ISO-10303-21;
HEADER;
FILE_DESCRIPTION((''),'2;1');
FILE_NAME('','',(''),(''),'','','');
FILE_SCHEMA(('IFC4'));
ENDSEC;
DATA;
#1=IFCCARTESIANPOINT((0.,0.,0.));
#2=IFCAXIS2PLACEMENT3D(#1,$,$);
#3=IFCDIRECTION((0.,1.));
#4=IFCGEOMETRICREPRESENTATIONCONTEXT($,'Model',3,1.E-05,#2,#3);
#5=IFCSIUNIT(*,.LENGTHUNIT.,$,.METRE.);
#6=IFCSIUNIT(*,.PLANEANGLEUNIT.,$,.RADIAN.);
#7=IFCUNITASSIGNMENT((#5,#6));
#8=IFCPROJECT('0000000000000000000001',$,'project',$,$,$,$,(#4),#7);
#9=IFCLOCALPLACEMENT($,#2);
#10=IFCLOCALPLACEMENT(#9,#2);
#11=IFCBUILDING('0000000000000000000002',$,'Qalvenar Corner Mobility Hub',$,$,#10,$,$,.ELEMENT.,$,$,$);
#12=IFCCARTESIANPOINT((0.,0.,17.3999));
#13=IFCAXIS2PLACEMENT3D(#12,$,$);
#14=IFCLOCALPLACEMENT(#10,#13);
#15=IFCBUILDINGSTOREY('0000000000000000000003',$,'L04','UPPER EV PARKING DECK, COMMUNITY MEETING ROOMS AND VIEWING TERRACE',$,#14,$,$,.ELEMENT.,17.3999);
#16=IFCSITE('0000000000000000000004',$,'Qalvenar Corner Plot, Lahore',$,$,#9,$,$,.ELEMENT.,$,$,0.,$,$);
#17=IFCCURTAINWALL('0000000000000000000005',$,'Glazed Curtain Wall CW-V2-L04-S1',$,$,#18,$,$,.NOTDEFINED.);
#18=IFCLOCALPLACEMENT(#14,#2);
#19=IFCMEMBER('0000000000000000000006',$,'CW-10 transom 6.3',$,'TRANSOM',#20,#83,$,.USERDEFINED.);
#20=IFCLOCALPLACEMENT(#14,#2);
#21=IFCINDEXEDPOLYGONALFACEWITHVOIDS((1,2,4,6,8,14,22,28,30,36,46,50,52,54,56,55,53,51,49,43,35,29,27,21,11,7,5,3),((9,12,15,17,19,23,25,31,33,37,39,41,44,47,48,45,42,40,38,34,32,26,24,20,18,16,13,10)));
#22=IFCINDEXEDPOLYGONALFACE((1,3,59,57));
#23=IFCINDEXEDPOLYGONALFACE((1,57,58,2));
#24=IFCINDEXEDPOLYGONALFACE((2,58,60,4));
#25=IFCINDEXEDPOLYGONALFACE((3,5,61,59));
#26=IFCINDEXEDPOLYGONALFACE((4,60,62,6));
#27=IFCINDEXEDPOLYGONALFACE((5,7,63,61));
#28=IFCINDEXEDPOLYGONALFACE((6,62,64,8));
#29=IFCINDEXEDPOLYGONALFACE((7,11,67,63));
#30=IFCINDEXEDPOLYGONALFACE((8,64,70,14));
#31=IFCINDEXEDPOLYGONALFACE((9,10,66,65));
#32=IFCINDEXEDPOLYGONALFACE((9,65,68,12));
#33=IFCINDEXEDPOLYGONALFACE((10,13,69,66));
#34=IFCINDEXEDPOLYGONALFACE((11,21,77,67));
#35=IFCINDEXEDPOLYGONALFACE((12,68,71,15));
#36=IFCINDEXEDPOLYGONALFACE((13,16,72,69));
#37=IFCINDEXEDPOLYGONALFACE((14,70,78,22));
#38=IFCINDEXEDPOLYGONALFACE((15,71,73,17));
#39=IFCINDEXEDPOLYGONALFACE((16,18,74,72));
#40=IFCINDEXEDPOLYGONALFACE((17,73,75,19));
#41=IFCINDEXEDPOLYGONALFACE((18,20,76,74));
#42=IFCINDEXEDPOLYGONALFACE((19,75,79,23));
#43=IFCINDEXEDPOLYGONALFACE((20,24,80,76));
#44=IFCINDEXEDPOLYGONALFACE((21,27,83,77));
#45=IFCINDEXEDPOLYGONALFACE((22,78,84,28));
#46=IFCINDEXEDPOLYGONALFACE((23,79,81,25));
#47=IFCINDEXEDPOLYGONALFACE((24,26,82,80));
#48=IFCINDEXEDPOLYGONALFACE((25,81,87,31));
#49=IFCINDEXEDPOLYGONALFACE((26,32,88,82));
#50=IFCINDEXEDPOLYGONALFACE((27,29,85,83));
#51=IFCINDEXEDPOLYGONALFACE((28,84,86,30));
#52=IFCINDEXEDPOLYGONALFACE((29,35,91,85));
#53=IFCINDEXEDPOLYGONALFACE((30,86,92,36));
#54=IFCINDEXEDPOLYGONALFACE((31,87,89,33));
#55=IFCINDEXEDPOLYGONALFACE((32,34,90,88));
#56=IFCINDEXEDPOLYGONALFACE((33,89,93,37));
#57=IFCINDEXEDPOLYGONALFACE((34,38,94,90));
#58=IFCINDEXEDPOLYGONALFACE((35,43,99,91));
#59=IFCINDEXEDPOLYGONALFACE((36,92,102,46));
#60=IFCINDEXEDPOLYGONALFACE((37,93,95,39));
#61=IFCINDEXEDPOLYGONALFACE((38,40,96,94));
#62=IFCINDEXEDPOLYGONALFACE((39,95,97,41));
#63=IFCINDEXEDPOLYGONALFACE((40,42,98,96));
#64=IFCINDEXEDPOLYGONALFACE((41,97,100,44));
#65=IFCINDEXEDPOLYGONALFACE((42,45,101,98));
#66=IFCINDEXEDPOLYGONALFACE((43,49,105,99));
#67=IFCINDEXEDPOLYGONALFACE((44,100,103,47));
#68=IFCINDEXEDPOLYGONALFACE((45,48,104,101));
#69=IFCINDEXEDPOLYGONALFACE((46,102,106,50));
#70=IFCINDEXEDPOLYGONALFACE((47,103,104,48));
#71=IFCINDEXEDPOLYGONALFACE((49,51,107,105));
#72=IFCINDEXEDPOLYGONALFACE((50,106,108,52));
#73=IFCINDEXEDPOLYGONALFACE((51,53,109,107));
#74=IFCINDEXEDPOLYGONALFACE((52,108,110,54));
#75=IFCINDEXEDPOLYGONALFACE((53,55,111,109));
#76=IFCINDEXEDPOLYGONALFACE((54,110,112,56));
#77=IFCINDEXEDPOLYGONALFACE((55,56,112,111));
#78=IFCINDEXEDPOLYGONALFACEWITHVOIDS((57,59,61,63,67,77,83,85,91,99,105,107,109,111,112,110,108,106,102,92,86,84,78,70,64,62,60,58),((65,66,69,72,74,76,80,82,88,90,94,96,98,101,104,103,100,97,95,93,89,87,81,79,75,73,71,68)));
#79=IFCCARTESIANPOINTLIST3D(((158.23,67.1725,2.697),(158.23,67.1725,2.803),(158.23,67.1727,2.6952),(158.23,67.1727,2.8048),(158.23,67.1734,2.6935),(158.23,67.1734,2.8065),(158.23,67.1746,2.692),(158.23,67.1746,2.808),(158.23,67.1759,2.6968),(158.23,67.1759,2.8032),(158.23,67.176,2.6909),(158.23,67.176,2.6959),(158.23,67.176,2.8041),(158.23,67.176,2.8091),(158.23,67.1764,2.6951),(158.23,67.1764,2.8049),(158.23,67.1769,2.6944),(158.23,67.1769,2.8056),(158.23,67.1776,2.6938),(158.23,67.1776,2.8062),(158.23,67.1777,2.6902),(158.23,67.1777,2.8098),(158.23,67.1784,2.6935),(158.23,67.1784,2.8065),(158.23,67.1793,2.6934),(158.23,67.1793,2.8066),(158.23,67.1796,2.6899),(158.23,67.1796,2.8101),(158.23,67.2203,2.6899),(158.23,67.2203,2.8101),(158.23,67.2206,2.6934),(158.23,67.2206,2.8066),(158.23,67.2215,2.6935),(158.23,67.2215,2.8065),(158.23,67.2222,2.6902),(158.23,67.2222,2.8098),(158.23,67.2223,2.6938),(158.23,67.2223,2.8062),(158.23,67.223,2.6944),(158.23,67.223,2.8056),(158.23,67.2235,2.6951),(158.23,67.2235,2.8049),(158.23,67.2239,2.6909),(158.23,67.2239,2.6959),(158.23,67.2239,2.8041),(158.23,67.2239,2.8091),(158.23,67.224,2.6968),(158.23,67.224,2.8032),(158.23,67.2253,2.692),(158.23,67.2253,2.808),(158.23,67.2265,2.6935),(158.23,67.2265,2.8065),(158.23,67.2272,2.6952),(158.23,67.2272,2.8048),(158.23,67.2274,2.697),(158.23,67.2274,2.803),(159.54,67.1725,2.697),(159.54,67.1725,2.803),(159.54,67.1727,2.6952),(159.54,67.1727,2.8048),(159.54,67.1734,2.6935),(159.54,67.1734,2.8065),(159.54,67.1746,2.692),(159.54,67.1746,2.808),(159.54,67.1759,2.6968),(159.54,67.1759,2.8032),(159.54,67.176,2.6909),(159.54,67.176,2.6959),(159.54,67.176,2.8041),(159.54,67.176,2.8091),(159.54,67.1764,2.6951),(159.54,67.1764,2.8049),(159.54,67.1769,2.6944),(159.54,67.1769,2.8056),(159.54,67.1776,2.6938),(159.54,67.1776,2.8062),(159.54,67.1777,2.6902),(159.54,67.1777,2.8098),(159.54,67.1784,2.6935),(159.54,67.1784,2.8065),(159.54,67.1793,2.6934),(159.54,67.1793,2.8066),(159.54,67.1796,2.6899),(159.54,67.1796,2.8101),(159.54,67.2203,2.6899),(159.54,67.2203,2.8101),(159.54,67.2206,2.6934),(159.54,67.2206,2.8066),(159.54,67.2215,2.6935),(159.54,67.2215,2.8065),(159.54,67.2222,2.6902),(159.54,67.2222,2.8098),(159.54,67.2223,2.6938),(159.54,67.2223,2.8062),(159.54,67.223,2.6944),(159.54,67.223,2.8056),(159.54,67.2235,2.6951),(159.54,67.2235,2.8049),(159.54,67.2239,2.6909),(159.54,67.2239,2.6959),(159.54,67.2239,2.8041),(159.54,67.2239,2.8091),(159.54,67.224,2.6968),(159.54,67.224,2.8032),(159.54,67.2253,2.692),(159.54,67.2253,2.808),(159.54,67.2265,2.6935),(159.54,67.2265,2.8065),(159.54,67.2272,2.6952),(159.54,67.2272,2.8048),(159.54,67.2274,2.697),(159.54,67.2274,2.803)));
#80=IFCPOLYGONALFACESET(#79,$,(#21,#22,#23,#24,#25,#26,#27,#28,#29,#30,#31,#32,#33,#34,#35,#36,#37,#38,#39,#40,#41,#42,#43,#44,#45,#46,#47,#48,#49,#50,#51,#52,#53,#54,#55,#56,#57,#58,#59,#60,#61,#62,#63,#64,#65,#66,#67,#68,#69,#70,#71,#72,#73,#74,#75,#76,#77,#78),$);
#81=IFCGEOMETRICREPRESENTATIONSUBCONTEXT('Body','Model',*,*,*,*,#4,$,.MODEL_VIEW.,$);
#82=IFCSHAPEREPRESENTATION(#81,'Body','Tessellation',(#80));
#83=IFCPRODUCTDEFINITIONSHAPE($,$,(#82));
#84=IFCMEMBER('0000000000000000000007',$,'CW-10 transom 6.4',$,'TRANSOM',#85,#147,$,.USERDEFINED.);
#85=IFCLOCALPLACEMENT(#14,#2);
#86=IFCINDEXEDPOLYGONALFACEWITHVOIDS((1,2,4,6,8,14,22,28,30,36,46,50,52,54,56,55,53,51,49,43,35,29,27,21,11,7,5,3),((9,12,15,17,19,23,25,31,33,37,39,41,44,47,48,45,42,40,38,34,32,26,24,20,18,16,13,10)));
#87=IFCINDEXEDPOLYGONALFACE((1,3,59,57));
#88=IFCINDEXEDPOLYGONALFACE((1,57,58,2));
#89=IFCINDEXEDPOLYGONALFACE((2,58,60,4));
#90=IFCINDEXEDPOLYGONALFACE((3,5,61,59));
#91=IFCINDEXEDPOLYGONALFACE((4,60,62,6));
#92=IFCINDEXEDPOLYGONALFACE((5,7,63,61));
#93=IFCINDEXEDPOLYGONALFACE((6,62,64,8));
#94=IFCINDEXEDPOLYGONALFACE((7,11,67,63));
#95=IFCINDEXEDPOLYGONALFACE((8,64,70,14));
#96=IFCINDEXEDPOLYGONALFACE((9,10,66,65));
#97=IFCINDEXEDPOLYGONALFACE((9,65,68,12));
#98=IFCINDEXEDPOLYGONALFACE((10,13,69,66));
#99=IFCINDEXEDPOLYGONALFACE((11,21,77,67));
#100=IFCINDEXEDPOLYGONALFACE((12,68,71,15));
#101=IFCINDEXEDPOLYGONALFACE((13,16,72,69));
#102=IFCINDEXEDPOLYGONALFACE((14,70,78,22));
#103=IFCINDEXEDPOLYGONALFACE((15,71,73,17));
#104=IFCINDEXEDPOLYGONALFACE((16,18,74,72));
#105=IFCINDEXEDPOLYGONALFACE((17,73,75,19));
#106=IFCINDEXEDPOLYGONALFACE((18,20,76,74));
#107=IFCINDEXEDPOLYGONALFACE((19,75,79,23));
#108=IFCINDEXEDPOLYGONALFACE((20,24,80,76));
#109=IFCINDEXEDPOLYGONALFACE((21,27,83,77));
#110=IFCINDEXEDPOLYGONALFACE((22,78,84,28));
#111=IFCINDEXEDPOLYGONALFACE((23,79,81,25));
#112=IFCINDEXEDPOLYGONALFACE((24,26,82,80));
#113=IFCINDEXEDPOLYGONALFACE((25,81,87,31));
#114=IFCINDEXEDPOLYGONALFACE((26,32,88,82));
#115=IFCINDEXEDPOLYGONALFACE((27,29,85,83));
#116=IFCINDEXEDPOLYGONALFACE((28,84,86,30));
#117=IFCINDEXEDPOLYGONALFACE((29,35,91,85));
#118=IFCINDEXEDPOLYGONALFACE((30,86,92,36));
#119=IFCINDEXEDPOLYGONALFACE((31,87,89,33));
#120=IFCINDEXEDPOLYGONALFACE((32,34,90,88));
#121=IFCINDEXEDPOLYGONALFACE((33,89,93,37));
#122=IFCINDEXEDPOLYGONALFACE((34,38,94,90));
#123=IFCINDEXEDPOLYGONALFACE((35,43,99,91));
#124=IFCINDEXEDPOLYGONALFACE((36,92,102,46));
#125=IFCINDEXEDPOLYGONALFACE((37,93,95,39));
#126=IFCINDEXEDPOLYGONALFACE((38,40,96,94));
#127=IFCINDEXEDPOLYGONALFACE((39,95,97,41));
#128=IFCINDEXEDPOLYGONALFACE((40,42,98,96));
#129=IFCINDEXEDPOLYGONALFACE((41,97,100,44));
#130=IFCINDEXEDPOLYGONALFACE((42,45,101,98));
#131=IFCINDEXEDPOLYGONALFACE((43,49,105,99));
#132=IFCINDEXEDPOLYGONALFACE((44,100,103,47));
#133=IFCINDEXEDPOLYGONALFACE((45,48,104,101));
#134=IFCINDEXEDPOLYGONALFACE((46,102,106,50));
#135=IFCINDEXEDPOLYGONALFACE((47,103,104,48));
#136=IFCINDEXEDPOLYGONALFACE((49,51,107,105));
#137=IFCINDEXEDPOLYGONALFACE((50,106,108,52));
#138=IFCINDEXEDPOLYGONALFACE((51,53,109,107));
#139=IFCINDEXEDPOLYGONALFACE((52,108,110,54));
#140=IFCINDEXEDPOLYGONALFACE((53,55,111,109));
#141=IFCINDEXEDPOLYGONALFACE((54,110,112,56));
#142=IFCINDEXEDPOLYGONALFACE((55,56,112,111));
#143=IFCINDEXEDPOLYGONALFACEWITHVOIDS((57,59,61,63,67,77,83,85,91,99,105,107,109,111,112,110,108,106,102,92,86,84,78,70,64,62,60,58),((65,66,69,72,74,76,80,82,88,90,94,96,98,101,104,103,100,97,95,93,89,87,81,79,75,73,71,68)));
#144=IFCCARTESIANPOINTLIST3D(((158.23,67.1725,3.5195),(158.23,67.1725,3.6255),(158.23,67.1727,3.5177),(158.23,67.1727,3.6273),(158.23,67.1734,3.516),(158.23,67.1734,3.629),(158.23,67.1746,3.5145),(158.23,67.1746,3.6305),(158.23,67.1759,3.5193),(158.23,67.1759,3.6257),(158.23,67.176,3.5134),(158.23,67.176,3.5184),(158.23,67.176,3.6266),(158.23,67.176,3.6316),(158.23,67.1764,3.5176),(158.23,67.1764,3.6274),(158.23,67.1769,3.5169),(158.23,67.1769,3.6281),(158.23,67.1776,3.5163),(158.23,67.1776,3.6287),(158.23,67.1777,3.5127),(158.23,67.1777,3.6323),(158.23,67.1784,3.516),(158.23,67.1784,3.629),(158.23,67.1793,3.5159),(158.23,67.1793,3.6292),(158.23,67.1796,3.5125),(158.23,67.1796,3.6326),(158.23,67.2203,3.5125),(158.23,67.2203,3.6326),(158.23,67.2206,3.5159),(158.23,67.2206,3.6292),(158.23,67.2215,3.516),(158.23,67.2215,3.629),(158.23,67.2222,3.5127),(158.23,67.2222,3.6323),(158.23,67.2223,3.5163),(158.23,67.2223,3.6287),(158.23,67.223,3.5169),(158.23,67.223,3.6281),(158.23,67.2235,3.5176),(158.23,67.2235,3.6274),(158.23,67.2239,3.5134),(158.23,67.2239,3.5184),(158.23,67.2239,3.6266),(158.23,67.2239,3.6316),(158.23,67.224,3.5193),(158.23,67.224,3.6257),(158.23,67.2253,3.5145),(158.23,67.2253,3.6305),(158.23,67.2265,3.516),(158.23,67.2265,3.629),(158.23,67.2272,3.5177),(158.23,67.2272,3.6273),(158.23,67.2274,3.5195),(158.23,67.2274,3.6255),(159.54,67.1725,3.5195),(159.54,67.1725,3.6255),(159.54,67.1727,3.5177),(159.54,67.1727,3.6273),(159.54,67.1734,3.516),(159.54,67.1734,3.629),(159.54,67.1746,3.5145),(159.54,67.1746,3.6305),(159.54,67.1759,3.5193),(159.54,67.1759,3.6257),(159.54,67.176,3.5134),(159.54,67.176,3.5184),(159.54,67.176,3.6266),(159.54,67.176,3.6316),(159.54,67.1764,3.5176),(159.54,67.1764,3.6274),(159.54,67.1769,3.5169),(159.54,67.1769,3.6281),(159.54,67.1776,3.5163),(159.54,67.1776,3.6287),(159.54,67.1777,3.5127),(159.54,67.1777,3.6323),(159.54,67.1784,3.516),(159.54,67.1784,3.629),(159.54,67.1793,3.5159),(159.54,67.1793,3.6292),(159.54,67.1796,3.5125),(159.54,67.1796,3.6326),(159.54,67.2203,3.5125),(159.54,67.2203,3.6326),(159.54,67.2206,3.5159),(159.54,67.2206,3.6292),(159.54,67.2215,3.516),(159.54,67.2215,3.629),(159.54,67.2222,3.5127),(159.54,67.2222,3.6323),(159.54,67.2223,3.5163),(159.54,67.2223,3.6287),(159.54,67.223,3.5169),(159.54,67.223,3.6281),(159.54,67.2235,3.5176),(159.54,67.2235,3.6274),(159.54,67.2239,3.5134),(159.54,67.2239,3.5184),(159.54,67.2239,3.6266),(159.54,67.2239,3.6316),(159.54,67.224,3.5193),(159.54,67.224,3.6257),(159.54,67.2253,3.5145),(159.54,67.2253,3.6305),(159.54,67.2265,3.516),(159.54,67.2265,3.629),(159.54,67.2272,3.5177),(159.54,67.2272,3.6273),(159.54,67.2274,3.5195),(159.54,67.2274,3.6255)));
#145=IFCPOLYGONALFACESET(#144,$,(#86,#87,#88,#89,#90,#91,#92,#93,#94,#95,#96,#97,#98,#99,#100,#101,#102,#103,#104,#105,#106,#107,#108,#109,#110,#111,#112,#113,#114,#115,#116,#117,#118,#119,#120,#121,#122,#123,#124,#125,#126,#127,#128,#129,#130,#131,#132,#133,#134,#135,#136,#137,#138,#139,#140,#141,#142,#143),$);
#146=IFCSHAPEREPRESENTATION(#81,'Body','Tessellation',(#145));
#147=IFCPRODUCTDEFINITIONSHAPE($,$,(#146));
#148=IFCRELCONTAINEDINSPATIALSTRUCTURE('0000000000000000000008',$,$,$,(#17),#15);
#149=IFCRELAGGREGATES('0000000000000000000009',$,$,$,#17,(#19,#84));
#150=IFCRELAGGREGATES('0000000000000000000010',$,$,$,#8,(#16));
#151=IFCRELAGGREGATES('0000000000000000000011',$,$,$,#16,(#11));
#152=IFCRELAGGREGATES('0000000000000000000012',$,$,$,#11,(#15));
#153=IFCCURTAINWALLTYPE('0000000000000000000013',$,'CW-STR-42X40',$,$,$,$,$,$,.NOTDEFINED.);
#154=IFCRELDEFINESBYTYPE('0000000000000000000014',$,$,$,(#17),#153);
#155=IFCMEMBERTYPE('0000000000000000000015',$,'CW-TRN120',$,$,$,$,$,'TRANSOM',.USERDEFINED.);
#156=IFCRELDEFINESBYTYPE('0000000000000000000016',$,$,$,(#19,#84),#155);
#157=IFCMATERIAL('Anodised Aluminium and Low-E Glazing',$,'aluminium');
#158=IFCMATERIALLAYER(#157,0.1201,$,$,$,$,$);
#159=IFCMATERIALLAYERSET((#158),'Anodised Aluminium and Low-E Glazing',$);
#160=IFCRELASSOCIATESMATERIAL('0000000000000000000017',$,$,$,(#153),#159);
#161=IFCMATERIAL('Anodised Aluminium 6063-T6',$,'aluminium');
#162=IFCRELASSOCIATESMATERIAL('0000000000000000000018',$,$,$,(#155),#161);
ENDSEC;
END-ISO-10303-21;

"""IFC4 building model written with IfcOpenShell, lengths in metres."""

from ifc_helpers import new_model, si_unit, direction, frame, origin, origin_2d, place, context, subcontext, project, spatial, hollow_rectangle, extrude, material, layer, layer_set, material_profile, profile_set, type_object, element, aggregate, save


model = new_model("IFC4")

# Units and contexts
model_context = context("Model", 3, precision=1e-05, world=origin(), true_north=direction((0.0, 1.0)))
body_context = subcontext(model_context, "Body", "Model", "MODEL_VIEW")
ifc_project = project(units=[si_unit("LENGTHUNIT", "METRE"), si_unit("PLANEANGLEUNIT", "RADIAN")], contexts=[model_context])

# Site, building, storey
site_placement = place(None, origin())
site = spatial("IfcSite", under=ifc_project, at=site_placement, Name="Qalvenar Corner Plot, Lahore", CompositionType="ELEMENT", RefElevation=0.0)
building_placement = place(site_placement, origin())
building = spatial("IfcBuilding", under=site, at=building_placement, Name="Qalvenar Corner Mobility Hub", CompositionType="ELEMENT")
storey_placement = place(building_placement, frame((0.0, 0.0, 17.3999)))
storey = spatial("IfcBuildingStorey", under=building, at=storey_placement, Name="L04", Description="UPPER EV PARKING DECK, COMMUNITY MEETING ROOMS AND VIEWING TERRACE", CompositionType="ELEMENT", Elevation=17.3999)

# Curtain wall, members
ifc_material_1 = material(Name="Anodised Aluminium and Low-E Glazing", Category="aluminium")
ifc_layer_1 = layer(ifc_material_1, 0.1201)
ifc_layer_set_1 = layer_set([ifc_layer_1], Name="Anodised Aluminium and Low-E Glazing")
curtain_wall_type = type_object("IfcCurtainWallType", Name="CW-STR-42X40", PredefinedType="NOTDEFINED", material=ifc_layer_set_1)
curtain_wall_placement = place(storey_placement, origin())
curtain_wall = element("IfcCurtainWall", 1, at=curtain_wall_placement, inside=storey, type_object=curtain_wall_type, Name="Glazed Curtain Wall CW-V2-L04-S1", PredefinedType="NOTDEFINED")
ifc_material_2 = material(Name="Anodised Aluminium 6063-T6", Category="aluminium")
ifc_material_profile_1 = material_profile(ifc_material_2, hollow_rectangle(XDim=0.0549, YDim=0.1201, WallThickness=0.0034, InnerFilletRadius=0.0034, OuterFilletRadius=0.0071, at=origin_2d()), Name="RHS120x55x3.5")
ifc_profile_set_1 = profile_set([ifc_material_profile_1], Name="Anodised Aluminium 6063-T6")
member_type_1 = type_object("IfcMemberType", Name="CW-TRN120", ElementType="TRANSOM", PredefinedType="USERDEFINED", material=ifc_profile_set_1)
member_1_placement = place(storey_placement, frame((158.23, 67.2, 2.75), z_axis=(1.0, 0.0, 0.0), x_axis=(0.0, 1.0, 0.0)))
member_1 = element("IfcMember", 2, at=member_1_placement, type_object=member_type_1, Name="CW-10 transom 6.3", ObjectType="TRANSOM", PredefinedType="USERDEFINED", context=body_context, shape_type="SweptSolid", body=[
    extrude(hollow_rectangle(XDim=0.0549, YDim=0.1201, WallThickness=0.0034, InnerFilletRadius=0.0034, OuterFilletRadius=0.0071, at=origin_2d()), origin(), (0.0, 0.0, 1.0), 1.3101),
])
member_2_placement = place(storey_placement, frame((158.23, 67.2, 3.5725), z_axis=(1.0, 0.0, 0.0), x_axis=(0.0, 1.0, 0.0)))
member_2 = element("IfcMember", 3, at=member_2_placement, type_object=member_type_1, Name="CW-10 transom 6.4", ObjectType="TRANSOM", PredefinedType="USERDEFINED", context=body_context, shape_type="SweptSolid", body=[
    extrude(hollow_rectangle(XDim=0.0549, YDim=0.1201, WallThickness=0.0034, InnerFilletRadius=0.0034, OuterFilletRadius=0.0071, at=origin_2d()), origin(), (0.0, 0.0, 1.0), 1.3101),
])

aggregate(curtain_wall, [member_1, member_2])

save(model, "model.ifc")
